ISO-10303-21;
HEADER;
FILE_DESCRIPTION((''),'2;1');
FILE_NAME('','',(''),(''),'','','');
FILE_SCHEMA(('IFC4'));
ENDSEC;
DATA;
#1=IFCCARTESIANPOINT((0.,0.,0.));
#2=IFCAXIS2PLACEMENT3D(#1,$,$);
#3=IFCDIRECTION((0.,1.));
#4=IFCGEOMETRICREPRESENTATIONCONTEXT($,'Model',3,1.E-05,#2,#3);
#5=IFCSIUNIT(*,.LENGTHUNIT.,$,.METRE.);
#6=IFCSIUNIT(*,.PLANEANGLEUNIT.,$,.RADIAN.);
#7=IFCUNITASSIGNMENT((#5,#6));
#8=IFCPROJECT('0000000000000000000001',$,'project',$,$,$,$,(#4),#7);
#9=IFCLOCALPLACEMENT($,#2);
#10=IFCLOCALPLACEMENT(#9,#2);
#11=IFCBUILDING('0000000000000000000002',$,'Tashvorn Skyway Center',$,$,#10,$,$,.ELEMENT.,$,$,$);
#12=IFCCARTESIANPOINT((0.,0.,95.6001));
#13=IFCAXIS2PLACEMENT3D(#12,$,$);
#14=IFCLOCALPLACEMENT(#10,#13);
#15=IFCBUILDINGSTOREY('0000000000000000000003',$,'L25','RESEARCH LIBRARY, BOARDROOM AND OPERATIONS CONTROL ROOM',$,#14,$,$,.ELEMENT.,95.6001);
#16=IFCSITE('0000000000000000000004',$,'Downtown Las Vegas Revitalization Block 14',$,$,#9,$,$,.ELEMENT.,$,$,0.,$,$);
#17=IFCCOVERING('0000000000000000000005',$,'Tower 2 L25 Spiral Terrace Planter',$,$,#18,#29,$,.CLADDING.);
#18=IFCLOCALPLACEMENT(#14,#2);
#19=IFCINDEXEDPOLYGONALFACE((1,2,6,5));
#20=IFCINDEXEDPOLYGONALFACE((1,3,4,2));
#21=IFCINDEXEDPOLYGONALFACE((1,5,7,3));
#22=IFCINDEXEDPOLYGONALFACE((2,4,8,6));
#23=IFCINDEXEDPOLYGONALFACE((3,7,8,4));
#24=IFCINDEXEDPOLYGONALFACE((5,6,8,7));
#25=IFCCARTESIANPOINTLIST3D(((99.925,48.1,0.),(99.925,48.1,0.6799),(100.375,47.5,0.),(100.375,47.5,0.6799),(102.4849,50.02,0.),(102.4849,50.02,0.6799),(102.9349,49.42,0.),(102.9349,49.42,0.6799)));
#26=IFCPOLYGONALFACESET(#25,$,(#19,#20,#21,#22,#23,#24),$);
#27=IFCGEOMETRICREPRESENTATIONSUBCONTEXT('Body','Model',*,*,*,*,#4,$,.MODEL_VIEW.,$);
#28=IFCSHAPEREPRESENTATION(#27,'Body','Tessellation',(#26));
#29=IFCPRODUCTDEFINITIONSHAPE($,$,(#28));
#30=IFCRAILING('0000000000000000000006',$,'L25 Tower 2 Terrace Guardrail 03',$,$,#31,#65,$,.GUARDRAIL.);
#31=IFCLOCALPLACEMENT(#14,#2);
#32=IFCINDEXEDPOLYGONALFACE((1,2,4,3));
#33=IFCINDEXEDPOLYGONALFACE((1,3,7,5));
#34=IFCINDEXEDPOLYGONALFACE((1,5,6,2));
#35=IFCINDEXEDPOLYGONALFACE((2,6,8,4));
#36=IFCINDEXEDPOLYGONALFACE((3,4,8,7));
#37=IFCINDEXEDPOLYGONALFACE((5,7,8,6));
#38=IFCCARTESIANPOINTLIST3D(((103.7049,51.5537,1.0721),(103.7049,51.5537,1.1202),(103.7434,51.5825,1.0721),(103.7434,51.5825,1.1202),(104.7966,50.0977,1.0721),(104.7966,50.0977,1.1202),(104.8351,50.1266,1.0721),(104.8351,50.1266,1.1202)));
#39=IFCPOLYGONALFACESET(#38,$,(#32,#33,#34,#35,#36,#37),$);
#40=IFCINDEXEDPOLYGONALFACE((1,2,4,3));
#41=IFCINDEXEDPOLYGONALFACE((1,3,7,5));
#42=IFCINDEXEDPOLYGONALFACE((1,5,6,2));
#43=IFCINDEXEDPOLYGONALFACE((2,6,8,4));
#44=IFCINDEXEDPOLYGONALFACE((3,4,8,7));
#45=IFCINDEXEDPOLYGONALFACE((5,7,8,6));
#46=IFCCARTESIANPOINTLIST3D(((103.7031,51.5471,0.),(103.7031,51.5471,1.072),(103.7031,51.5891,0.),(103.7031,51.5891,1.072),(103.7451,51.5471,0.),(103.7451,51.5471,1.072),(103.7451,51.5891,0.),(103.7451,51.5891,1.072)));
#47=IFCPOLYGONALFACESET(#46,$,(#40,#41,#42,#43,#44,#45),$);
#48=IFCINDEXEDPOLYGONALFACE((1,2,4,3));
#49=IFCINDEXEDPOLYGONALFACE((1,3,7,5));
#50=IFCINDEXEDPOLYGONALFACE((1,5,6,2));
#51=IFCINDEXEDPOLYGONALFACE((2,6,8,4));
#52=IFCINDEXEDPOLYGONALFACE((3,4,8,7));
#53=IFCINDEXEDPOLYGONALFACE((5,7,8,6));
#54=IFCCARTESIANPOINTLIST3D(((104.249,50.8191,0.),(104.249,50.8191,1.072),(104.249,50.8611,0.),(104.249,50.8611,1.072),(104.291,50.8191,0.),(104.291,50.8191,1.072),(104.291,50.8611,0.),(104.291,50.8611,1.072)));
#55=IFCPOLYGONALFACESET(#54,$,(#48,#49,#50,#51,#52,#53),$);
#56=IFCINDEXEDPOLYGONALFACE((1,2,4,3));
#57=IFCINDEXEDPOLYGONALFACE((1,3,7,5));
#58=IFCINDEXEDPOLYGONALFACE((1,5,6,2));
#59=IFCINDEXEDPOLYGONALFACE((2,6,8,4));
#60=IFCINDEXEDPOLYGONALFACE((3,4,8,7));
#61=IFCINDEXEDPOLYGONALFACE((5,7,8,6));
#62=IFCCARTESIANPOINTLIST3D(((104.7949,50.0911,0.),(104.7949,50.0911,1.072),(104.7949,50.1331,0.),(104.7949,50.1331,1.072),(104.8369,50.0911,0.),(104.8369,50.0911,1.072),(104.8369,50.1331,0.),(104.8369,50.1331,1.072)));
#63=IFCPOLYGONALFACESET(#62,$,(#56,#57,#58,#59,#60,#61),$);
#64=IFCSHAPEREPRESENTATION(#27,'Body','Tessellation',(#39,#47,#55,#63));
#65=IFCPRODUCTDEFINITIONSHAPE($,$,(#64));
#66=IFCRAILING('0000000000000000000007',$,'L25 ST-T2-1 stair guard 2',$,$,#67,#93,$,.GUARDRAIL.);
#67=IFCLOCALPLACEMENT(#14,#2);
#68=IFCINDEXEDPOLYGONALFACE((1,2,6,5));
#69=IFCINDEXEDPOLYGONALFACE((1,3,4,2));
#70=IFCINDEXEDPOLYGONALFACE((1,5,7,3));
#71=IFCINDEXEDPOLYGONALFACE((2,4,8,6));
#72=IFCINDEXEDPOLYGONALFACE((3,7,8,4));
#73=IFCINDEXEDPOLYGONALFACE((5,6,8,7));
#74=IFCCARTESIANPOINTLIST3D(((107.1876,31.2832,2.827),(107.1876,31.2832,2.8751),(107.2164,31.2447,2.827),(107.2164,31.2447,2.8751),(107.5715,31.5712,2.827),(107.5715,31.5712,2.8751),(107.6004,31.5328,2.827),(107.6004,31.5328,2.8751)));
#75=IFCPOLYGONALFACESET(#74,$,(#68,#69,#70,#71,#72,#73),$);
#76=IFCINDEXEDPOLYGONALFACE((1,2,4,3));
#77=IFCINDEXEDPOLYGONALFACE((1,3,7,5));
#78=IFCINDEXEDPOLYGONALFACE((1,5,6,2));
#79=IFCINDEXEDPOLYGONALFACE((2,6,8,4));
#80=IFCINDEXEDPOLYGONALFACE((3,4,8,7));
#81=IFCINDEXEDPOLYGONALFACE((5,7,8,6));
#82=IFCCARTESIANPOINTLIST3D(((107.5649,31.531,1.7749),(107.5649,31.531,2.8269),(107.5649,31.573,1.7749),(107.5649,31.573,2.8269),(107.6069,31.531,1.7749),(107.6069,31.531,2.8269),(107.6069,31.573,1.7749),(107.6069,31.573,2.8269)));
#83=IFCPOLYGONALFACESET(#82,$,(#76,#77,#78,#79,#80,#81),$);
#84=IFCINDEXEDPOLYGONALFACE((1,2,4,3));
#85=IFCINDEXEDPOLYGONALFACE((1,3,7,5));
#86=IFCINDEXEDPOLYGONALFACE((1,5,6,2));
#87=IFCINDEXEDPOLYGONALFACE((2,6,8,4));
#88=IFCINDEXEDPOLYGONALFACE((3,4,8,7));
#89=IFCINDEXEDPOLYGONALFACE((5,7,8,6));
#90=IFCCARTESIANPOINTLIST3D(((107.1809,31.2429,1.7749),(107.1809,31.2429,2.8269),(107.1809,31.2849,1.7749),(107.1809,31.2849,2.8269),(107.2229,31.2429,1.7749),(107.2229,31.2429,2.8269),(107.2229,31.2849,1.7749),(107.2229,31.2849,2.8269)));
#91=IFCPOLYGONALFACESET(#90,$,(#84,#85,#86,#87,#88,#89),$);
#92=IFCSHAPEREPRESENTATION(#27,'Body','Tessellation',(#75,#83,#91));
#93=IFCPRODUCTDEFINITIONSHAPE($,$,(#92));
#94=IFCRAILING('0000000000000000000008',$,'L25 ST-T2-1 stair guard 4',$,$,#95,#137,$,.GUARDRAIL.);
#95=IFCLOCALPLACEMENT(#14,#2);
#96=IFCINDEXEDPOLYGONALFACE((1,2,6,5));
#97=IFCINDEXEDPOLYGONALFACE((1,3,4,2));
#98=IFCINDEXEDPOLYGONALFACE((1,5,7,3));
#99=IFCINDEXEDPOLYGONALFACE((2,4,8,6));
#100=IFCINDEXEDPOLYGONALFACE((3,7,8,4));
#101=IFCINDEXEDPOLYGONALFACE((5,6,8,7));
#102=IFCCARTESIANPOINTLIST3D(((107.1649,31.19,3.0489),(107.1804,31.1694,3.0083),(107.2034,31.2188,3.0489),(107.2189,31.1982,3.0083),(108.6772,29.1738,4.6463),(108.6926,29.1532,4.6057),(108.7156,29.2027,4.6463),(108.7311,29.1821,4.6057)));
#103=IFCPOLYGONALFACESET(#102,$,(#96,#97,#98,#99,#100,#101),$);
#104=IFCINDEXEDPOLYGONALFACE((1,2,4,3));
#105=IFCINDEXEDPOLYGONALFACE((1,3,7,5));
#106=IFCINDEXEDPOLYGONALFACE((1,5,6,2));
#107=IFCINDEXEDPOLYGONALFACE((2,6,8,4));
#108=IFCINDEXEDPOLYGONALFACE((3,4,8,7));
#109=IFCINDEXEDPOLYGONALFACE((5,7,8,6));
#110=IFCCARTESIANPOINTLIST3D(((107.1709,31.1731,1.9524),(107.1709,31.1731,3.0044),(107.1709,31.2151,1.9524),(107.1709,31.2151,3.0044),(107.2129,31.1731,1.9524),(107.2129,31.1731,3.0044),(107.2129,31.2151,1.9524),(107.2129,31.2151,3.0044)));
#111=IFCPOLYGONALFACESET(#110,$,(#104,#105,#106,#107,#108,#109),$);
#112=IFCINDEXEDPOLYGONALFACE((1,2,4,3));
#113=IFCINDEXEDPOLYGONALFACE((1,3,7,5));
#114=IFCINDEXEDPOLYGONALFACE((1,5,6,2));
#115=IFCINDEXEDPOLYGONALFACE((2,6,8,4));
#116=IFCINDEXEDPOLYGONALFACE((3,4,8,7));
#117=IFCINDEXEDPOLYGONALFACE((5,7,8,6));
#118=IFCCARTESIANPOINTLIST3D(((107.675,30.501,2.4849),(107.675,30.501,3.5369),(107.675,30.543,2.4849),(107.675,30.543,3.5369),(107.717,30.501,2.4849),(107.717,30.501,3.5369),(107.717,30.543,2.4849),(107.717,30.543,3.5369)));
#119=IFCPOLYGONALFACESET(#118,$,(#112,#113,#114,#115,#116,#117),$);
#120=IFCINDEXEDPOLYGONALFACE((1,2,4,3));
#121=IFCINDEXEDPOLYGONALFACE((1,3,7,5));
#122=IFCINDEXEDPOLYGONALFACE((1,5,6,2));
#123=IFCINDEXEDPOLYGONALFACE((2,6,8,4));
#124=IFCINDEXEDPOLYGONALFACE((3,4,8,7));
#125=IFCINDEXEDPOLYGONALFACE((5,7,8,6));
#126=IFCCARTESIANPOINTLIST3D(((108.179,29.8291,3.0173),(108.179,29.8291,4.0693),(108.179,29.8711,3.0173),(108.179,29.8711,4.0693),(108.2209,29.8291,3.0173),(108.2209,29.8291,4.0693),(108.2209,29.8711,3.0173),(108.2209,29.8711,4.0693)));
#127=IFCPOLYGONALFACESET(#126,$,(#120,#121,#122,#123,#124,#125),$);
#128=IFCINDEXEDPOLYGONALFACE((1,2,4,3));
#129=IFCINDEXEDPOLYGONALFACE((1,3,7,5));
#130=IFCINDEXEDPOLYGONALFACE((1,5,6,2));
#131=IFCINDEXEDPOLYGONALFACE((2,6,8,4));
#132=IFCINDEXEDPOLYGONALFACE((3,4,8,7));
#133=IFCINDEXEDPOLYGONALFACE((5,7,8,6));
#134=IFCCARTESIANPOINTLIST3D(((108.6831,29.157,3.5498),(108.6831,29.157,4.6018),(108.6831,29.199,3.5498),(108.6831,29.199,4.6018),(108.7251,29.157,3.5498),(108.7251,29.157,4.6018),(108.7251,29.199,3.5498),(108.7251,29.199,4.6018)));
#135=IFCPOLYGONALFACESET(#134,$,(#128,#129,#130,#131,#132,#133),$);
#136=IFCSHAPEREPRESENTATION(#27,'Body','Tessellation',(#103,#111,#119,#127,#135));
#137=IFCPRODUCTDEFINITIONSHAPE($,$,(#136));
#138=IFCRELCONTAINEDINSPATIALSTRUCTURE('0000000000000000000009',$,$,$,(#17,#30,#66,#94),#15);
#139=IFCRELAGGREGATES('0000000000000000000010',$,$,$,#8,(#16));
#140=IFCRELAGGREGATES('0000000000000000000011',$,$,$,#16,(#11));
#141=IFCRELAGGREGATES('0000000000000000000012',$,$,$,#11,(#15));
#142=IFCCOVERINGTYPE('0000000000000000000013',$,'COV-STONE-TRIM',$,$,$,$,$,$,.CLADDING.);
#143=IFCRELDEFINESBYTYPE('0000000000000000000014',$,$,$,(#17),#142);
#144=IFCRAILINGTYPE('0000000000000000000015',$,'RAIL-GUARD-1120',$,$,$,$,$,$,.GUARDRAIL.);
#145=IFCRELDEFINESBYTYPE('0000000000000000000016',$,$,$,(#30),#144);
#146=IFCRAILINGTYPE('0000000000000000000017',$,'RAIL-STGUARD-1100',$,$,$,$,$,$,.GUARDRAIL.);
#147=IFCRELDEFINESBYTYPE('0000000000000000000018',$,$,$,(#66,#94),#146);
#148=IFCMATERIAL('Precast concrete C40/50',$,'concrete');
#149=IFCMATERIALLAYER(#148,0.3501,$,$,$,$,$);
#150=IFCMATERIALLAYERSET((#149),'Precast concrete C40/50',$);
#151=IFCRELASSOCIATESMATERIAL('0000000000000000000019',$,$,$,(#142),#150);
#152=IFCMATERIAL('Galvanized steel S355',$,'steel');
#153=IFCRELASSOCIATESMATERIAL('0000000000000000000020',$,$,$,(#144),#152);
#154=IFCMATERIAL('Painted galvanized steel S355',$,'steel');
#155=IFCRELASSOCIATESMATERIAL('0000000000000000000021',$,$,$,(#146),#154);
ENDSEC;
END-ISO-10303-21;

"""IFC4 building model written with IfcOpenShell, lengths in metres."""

from ifc_helpers import new_model, si_unit, direction, frame, origin, origin_2d, place, context, subcontext, project, spatial, rectangle, extrude, material, layer, layer_set, type_object, element, save


model = new_model("IFC4")

# Units and contexts
model_context = context("Model", 3, precision=1e-05, world=origin(), true_north=direction((0.0, 1.0)))
body_context = subcontext(model_context, "Body", "Model", "MODEL_VIEW")
ifc_project = project(units=[si_unit("LENGTHUNIT", "METRE"), si_unit("PLANEANGLEUNIT", "RADIAN")], contexts=[model_context])

# Site, building, storey
site_placement = place(None, origin())
site = spatial("IfcSite", under=ifc_project, at=site_placement, Name="Downtown Las Vegas Revitalization Block 14", CompositionType="ELEMENT", RefElevation=0.0)
building_placement = place(site_placement, origin())
building = spatial("IfcBuilding", under=site, at=building_placement, Name="Tashvorn Skyway Center", CompositionType="ELEMENT")
storey_placement = place(building_placement, frame((0.0, 0.0, 95.6001)))
storey = spatial("IfcBuildingStorey", under=building, at=storey_placement, Name="L25", Description="RESEARCH LIBRARY, BOARDROOM AND OPERATIONS CONTROL ROOM", CompositionType="ELEMENT", Elevation=95.6001)

# Covering
ifc_material_1 = material(Name="Precast concrete C40/50", Category="concrete")
ifc_layer_1 = layer(ifc_material_1, 0.3501)
ifc_layer_set_1 = layer_set([ifc_layer_1], Name="Precast concrete C40/50")
covering_type_1 = type_object("IfcCoveringType", Name="COV-STONE-TRIM", PredefinedType="CLADDING", material=ifc_layer_set_1)
covering_1_placement = place(storey_placement, frame((101.4299, 48.76, 0.0), z_axis=(0.0, 0.0, 1.0), x_axis=(0.8, 0.6, 0.0)))
element("IfcCovering", 1, at=covering_1_placement, inside=storey, type_object=covering_type_1, Name="Tower 2 L25 Spiral Terrace Planter", PredefinedType="CLADDING", context=body_context, shape_type="SweptSolid", body=[
    extrude(rectangle(XDim=3.2, YDim=0.75, at=origin_2d()), origin(), (0.0, 0.0, 1.0), 0.6799),
])

# Railings
ifc_material_2 = material(Name="Galvanized steel S355", Category="steel")
railing_type_1 = type_object("IfcRailingType", Name="RAIL-GUARD-1120", PredefinedType="GUARDRAIL", material=ifc_material_2)
railing_1_placement = place(storey_placement, frame((103.7241, 51.5681, 0.0)))
element("IfcRailing", 2, at=railing_1_placement, inside=storey, type_object=railing_type_1, Name="L25 Tower 2 Terrace Guardrail 03", PredefinedType="GUARDRAIL", context=body_context, shape_type="SweptSolid", body=[
    extrude(rectangle(XDim=0.0481, YDim=0.0481, at=origin_2d()), frame((0.0, 0.0, 1.0962), z_axis=(0.599914, -0.800064, 0.0), x_axis=(0.800064, 0.599914, 0.0)), (0.0, 0.0, 1.0), 1.8198),
    extrude(rectangle(XDim=0.042, YDim=0.042, at=origin_2d()), origin(), (0.0, 0.0, 1.0), 1.072),
    extrude(rectangle(XDim=0.042, YDim=0.042, at=origin_2d()), frame((0.5459, -0.728, 0.0)), (0.0, 0.0, 1.0), 1.072),
    extrude(rectangle(XDim=0.042, YDim=0.042, at=origin_2d()), frame((1.0918, -1.4561, 0.0)), (0.0, 0.0, 1.0), 1.072),
])
ifc_material_3 = material(Name="Painted galvanized steel S355", Category="steel")
railing_type_2 = type_object("IfcRailingType", Name="RAIL-STGUARD-1100", PredefinedType="GUARDRAIL", material=ifc_material_3)
railing_2_placement = place(storey_placement, frame((107.5859, 31.552, 1.7749)))
element("IfcRailing", 3, at=railing_2_placement, inside=storey, type_object=railing_type_2, Name="L25 ST-T2-1 stair guard 2", PredefinedType="GUARDRAIL", context=body_context, shape_type="SweptSolid", body=[
    extrude(rectangle(XDim=0.0481, YDim=0.0481, at=origin_2d()), frame((0.0, 0.0, 1.0762), z_axis=(-0.799939, -0.600081, 0.0), x_axis=(0.600081, -0.799939, 0.0)), (0.0, 0.0, 1.0), 0.48),
    extrude(rectangle(XDim=0.042, YDim=0.042, at=origin_2d()), origin(), (0.0, 0.0, 1.0), 1.052),
    extrude(rectangle(XDim=0.042, YDim=0.042, at=origin_2d()), frame((-0.384, -0.2881, 0.0)), (0.0, 0.0, 1.0), 1.052),
])
railing_3_placement = place(storey_placement, frame((107.1919, 31.1941, 1.9524)))
element("IfcRailing", 4, at=railing_3_placement, inside=storey, type_object=railing_type_2, Name="L25 ST-T2-1 stair guard 4", PredefinedType="GUARDRAIL", context=body_context, shape_type="SweptSolid", body=[
    extrude(rectangle(XDim=0.0481, YDim=0.0481, at=origin_2d()), frame((0.0, 0.0, 1.0762), z_axis=(0.506802, -0.675681, 0.535357), x_axis=(0.799977, 0.600031, 0.0)), (0.0, 0.0, 1.0), 2.9839),
    extrude(rectangle(XDim=0.042, YDim=0.042, at=origin_2d()), origin(), (0.0, 0.0, 1.0), 1.052),
    extrude(rectangle(XDim=0.042, YDim=0.042, at=origin_2d()), frame((0.5042, -0.6721, 0.5325)), (0.0, 0.0, 1.0), 1.052),
    extrude(rectangle(XDim=0.042, YDim=0.042, at=origin_2d()), frame((1.0081, -1.344, 1.0649)), (0.0, 0.0, 1.0), 1.052),
    extrude(rectangle(XDim=0.042, YDim=0.042, at=origin_2d()), frame((1.5122, -2.0161, 1.5974)), (0.0, 0.0, 1.0), 1.052),
])

save(model, "model.ifc")
